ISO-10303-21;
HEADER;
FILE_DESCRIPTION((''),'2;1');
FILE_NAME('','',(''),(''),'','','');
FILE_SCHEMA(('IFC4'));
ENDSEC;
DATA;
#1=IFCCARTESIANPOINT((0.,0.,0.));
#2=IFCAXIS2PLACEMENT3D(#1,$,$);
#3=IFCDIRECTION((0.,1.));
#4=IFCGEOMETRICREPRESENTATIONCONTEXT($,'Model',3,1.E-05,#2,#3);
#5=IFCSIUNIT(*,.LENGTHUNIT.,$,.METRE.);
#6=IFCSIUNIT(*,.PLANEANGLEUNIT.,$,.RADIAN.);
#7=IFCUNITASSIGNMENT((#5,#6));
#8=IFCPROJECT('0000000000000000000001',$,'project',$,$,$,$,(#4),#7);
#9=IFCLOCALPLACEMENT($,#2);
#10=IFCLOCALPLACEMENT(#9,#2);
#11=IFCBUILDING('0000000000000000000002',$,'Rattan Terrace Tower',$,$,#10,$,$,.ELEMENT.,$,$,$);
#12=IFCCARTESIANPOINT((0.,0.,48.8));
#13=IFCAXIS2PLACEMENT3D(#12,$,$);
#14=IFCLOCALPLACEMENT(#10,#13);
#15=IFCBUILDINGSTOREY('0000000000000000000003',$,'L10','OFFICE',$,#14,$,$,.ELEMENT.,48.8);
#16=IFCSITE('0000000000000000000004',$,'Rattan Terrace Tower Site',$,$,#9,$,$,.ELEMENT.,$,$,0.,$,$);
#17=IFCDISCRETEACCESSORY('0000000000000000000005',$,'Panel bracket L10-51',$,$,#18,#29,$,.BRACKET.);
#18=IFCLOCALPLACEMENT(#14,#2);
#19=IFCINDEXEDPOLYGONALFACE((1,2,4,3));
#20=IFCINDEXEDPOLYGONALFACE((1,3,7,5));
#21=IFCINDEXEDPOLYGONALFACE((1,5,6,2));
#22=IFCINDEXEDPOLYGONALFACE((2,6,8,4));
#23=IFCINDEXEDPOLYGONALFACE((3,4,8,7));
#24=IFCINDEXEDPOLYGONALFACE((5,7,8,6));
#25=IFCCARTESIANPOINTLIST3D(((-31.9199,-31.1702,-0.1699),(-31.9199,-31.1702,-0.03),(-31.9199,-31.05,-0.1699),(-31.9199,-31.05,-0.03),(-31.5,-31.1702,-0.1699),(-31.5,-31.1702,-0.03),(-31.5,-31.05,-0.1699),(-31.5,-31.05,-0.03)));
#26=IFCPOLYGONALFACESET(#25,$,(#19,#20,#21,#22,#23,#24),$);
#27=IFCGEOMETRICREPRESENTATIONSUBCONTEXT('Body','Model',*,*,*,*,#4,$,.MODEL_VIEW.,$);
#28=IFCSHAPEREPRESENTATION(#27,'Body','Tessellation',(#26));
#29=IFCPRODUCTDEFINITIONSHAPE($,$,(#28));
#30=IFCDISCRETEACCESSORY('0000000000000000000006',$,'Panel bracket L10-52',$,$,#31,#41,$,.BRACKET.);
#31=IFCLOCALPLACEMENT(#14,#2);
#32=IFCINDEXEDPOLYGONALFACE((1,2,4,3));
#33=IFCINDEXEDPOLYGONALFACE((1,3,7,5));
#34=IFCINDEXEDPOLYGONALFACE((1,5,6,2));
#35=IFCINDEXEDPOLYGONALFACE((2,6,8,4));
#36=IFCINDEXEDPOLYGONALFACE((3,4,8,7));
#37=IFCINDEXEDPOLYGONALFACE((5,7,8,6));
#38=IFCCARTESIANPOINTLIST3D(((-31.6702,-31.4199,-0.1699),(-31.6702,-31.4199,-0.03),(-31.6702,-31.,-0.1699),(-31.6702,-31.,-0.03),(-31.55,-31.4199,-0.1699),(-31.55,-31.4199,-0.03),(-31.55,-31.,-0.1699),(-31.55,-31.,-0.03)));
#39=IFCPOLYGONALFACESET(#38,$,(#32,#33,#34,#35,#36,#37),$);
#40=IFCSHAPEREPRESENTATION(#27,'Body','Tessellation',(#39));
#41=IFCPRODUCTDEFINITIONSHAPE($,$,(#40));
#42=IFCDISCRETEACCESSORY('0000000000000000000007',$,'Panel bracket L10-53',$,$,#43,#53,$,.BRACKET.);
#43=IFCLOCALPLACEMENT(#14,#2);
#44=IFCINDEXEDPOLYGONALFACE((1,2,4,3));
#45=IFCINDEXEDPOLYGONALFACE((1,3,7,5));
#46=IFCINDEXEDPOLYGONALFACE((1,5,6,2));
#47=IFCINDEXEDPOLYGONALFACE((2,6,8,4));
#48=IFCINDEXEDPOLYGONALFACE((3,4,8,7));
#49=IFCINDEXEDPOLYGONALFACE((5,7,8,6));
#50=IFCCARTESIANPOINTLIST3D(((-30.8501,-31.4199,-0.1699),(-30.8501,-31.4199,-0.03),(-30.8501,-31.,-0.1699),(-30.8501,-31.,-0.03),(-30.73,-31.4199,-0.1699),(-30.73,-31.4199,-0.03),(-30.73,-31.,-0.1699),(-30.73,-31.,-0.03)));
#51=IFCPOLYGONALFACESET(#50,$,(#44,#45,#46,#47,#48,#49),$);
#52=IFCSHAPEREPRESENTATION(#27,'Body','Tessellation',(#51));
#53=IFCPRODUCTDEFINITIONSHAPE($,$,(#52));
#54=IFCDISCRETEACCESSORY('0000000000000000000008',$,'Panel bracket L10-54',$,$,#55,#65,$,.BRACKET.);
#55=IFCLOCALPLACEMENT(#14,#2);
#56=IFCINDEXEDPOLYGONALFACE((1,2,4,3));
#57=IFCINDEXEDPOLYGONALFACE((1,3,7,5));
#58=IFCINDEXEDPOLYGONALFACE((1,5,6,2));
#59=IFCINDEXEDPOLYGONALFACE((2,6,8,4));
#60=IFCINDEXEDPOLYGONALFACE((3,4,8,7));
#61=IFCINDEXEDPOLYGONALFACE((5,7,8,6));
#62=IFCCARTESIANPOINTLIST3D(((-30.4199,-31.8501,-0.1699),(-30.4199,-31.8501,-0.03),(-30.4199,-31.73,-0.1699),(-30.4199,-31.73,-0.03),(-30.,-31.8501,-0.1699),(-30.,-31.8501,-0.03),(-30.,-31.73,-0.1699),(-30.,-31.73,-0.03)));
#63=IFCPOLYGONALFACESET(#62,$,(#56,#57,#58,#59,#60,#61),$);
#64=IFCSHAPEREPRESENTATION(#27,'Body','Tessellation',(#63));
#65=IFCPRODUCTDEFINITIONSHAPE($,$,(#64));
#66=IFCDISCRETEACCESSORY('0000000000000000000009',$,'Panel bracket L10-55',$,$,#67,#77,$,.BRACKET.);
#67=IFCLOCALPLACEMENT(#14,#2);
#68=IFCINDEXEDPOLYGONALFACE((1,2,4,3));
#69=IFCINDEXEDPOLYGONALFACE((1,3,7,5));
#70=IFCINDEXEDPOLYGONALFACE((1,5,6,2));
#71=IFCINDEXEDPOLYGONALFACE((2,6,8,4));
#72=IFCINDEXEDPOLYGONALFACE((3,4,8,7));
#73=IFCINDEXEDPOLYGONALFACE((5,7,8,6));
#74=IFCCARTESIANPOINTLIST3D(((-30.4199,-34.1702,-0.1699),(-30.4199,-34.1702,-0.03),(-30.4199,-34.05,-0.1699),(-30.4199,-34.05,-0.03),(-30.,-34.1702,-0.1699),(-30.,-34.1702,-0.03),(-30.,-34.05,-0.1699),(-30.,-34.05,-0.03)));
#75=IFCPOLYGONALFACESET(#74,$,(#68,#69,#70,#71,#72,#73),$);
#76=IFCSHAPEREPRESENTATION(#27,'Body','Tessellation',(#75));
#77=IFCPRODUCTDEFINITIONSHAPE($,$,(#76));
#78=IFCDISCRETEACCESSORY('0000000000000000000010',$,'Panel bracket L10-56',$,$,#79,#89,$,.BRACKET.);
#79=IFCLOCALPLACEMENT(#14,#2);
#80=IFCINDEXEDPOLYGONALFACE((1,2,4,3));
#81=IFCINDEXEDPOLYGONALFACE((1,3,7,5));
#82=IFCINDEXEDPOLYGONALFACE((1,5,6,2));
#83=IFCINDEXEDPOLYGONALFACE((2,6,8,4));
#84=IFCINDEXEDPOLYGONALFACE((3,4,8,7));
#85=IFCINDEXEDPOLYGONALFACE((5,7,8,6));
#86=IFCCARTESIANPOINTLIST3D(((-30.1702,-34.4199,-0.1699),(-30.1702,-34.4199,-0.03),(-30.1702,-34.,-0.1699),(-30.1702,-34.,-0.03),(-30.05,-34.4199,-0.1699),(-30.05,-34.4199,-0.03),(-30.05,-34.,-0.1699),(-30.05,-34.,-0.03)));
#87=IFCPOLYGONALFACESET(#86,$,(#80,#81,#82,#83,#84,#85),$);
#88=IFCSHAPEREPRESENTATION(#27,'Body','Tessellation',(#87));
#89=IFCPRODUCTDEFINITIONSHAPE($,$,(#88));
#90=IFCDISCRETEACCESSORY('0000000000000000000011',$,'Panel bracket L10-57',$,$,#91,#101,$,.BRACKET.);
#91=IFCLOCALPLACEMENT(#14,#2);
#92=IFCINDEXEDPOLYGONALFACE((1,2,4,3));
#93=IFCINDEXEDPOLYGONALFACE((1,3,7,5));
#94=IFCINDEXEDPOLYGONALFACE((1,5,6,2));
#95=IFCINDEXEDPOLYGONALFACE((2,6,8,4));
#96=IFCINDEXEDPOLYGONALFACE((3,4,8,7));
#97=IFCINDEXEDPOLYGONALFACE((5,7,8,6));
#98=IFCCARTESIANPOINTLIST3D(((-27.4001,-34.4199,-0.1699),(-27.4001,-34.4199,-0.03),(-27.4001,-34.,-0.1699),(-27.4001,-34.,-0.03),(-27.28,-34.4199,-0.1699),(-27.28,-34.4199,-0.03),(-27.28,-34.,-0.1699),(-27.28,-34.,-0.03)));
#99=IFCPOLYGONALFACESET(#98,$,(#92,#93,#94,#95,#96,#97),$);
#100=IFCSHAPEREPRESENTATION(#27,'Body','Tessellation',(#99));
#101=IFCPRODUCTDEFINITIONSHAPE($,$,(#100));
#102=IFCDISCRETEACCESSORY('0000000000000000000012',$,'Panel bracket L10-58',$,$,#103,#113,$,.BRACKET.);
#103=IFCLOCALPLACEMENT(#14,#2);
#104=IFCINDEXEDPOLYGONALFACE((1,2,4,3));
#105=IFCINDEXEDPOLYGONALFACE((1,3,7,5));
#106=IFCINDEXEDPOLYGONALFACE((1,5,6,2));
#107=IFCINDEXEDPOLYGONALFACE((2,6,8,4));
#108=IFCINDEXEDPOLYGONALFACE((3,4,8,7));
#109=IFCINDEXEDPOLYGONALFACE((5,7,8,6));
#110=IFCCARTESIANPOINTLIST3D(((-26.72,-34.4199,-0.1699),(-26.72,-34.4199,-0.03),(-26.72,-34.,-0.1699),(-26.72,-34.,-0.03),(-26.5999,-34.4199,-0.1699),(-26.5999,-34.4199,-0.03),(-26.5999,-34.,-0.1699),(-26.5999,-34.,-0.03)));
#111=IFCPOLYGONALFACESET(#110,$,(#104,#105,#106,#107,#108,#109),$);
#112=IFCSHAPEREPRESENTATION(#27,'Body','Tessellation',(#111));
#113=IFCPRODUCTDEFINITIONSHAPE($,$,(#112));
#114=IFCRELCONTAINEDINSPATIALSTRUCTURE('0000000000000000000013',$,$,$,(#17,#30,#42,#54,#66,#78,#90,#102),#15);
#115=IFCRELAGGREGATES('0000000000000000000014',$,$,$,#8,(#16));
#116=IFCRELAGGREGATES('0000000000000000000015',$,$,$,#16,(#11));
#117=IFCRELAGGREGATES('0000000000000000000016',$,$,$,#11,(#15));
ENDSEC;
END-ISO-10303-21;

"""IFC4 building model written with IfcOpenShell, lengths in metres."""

from ifc_helpers import new_model, si_unit, direction, frame, origin, origin_2d, place, context, subcontext, project, spatial, rectangle, extrude, element, save


model = new_model("IFC4")

# Units and contexts
model_context = context("Model", 3, precision=1e-05, world=origin(), true_north=direction((0.0, 1.0)))
body_context = subcontext(model_context, "Body", "Model", "MODEL_VIEW")
ifc_project = project(units=[si_unit("LENGTHUNIT", "METRE"), si_unit("PLANEANGLEUNIT", "RADIAN")], contexts=[model_context])

# Site, building, storey
site_placement = place(None, origin())
site = spatial("IfcSite", under=ifc_project, at=site_placement, Name="Rattan Terrace Tower Site", CompositionType="ELEMENT", RefElevation=0.0)
building_placement = place(site_placement, origin())
building = spatial("IfcBuilding", under=site, at=building_placement, Name="Rattan Terrace Tower", CompositionType="ELEMENT")
storey_placement = place(building_placement, frame((0.0, 0.0, 48.8)))
storey = spatial("IfcBuildingStorey", under=building, at=storey_placement, Name="L10", Description="OFFICE", CompositionType="ELEMENT", Elevation=48.8)

# Discrete accessories
for number, where, z_axis, x_axis, name in (
    (1, (-31.71, -31.1101, -0.1699), (0.0, 0.0, 1.0), (0.0, -1.0, 0.0), "Panel bracket L10-51"),
    (2, (-31.6101, -31.21, -0.1699), (0.0, 0.0, 1.0), (1.0, 0.0, 0.0), "Panel bracket L10-52"),
    (3, (-30.79, -31.21, -0.1699), (0.0, 0.0, 1.0), (1.0, 0.0, 0.0), "Panel bracket L10-53"),
    (4, (-30.21, -31.79, -0.1699), (0.0, 0.0, 1.0), (0.0, -1.0, 0.0), "Panel bracket L10-54"),
    (5, (-30.21, -34.1101, -0.1699), (0.0, 0.0, 1.0), (0.0, -1.0, 0.0), "Panel bracket L10-55"),
    (6, (-30.1101, -34.21, -0.1699), (0.0, 0.0, 1.0), (1.0, 0.0, 0.0), "Panel bracket L10-56"),
    (7, (-27.3401, -34.21, -0.1699), (0.0, 0.0, 1.0), (1.0, 0.0, 0.0), "Panel bracket L10-57"),
    (8, (-26.6599, -34.21, -0.1699), (0.0, 0.0, 1.0), (1.0, 0.0, 0.0), "Panel bracket L10-58"),
):
    element("IfcDiscreteAccessory", number, at=place(storey_placement, frame(where, z_axis=z_axis, x_axis=x_axis)), inside=storey, Name=name, PredefinedType="BRACKET", context=body_context, shape_type="SweptSolid", body=[
        extrude(rectangle(XDim=0.1201, YDim=0.4199, at=origin_2d()), origin(), (0.0, 0.0, 1.0), 0.1399),
    ])

save(model, "model.ifc")
